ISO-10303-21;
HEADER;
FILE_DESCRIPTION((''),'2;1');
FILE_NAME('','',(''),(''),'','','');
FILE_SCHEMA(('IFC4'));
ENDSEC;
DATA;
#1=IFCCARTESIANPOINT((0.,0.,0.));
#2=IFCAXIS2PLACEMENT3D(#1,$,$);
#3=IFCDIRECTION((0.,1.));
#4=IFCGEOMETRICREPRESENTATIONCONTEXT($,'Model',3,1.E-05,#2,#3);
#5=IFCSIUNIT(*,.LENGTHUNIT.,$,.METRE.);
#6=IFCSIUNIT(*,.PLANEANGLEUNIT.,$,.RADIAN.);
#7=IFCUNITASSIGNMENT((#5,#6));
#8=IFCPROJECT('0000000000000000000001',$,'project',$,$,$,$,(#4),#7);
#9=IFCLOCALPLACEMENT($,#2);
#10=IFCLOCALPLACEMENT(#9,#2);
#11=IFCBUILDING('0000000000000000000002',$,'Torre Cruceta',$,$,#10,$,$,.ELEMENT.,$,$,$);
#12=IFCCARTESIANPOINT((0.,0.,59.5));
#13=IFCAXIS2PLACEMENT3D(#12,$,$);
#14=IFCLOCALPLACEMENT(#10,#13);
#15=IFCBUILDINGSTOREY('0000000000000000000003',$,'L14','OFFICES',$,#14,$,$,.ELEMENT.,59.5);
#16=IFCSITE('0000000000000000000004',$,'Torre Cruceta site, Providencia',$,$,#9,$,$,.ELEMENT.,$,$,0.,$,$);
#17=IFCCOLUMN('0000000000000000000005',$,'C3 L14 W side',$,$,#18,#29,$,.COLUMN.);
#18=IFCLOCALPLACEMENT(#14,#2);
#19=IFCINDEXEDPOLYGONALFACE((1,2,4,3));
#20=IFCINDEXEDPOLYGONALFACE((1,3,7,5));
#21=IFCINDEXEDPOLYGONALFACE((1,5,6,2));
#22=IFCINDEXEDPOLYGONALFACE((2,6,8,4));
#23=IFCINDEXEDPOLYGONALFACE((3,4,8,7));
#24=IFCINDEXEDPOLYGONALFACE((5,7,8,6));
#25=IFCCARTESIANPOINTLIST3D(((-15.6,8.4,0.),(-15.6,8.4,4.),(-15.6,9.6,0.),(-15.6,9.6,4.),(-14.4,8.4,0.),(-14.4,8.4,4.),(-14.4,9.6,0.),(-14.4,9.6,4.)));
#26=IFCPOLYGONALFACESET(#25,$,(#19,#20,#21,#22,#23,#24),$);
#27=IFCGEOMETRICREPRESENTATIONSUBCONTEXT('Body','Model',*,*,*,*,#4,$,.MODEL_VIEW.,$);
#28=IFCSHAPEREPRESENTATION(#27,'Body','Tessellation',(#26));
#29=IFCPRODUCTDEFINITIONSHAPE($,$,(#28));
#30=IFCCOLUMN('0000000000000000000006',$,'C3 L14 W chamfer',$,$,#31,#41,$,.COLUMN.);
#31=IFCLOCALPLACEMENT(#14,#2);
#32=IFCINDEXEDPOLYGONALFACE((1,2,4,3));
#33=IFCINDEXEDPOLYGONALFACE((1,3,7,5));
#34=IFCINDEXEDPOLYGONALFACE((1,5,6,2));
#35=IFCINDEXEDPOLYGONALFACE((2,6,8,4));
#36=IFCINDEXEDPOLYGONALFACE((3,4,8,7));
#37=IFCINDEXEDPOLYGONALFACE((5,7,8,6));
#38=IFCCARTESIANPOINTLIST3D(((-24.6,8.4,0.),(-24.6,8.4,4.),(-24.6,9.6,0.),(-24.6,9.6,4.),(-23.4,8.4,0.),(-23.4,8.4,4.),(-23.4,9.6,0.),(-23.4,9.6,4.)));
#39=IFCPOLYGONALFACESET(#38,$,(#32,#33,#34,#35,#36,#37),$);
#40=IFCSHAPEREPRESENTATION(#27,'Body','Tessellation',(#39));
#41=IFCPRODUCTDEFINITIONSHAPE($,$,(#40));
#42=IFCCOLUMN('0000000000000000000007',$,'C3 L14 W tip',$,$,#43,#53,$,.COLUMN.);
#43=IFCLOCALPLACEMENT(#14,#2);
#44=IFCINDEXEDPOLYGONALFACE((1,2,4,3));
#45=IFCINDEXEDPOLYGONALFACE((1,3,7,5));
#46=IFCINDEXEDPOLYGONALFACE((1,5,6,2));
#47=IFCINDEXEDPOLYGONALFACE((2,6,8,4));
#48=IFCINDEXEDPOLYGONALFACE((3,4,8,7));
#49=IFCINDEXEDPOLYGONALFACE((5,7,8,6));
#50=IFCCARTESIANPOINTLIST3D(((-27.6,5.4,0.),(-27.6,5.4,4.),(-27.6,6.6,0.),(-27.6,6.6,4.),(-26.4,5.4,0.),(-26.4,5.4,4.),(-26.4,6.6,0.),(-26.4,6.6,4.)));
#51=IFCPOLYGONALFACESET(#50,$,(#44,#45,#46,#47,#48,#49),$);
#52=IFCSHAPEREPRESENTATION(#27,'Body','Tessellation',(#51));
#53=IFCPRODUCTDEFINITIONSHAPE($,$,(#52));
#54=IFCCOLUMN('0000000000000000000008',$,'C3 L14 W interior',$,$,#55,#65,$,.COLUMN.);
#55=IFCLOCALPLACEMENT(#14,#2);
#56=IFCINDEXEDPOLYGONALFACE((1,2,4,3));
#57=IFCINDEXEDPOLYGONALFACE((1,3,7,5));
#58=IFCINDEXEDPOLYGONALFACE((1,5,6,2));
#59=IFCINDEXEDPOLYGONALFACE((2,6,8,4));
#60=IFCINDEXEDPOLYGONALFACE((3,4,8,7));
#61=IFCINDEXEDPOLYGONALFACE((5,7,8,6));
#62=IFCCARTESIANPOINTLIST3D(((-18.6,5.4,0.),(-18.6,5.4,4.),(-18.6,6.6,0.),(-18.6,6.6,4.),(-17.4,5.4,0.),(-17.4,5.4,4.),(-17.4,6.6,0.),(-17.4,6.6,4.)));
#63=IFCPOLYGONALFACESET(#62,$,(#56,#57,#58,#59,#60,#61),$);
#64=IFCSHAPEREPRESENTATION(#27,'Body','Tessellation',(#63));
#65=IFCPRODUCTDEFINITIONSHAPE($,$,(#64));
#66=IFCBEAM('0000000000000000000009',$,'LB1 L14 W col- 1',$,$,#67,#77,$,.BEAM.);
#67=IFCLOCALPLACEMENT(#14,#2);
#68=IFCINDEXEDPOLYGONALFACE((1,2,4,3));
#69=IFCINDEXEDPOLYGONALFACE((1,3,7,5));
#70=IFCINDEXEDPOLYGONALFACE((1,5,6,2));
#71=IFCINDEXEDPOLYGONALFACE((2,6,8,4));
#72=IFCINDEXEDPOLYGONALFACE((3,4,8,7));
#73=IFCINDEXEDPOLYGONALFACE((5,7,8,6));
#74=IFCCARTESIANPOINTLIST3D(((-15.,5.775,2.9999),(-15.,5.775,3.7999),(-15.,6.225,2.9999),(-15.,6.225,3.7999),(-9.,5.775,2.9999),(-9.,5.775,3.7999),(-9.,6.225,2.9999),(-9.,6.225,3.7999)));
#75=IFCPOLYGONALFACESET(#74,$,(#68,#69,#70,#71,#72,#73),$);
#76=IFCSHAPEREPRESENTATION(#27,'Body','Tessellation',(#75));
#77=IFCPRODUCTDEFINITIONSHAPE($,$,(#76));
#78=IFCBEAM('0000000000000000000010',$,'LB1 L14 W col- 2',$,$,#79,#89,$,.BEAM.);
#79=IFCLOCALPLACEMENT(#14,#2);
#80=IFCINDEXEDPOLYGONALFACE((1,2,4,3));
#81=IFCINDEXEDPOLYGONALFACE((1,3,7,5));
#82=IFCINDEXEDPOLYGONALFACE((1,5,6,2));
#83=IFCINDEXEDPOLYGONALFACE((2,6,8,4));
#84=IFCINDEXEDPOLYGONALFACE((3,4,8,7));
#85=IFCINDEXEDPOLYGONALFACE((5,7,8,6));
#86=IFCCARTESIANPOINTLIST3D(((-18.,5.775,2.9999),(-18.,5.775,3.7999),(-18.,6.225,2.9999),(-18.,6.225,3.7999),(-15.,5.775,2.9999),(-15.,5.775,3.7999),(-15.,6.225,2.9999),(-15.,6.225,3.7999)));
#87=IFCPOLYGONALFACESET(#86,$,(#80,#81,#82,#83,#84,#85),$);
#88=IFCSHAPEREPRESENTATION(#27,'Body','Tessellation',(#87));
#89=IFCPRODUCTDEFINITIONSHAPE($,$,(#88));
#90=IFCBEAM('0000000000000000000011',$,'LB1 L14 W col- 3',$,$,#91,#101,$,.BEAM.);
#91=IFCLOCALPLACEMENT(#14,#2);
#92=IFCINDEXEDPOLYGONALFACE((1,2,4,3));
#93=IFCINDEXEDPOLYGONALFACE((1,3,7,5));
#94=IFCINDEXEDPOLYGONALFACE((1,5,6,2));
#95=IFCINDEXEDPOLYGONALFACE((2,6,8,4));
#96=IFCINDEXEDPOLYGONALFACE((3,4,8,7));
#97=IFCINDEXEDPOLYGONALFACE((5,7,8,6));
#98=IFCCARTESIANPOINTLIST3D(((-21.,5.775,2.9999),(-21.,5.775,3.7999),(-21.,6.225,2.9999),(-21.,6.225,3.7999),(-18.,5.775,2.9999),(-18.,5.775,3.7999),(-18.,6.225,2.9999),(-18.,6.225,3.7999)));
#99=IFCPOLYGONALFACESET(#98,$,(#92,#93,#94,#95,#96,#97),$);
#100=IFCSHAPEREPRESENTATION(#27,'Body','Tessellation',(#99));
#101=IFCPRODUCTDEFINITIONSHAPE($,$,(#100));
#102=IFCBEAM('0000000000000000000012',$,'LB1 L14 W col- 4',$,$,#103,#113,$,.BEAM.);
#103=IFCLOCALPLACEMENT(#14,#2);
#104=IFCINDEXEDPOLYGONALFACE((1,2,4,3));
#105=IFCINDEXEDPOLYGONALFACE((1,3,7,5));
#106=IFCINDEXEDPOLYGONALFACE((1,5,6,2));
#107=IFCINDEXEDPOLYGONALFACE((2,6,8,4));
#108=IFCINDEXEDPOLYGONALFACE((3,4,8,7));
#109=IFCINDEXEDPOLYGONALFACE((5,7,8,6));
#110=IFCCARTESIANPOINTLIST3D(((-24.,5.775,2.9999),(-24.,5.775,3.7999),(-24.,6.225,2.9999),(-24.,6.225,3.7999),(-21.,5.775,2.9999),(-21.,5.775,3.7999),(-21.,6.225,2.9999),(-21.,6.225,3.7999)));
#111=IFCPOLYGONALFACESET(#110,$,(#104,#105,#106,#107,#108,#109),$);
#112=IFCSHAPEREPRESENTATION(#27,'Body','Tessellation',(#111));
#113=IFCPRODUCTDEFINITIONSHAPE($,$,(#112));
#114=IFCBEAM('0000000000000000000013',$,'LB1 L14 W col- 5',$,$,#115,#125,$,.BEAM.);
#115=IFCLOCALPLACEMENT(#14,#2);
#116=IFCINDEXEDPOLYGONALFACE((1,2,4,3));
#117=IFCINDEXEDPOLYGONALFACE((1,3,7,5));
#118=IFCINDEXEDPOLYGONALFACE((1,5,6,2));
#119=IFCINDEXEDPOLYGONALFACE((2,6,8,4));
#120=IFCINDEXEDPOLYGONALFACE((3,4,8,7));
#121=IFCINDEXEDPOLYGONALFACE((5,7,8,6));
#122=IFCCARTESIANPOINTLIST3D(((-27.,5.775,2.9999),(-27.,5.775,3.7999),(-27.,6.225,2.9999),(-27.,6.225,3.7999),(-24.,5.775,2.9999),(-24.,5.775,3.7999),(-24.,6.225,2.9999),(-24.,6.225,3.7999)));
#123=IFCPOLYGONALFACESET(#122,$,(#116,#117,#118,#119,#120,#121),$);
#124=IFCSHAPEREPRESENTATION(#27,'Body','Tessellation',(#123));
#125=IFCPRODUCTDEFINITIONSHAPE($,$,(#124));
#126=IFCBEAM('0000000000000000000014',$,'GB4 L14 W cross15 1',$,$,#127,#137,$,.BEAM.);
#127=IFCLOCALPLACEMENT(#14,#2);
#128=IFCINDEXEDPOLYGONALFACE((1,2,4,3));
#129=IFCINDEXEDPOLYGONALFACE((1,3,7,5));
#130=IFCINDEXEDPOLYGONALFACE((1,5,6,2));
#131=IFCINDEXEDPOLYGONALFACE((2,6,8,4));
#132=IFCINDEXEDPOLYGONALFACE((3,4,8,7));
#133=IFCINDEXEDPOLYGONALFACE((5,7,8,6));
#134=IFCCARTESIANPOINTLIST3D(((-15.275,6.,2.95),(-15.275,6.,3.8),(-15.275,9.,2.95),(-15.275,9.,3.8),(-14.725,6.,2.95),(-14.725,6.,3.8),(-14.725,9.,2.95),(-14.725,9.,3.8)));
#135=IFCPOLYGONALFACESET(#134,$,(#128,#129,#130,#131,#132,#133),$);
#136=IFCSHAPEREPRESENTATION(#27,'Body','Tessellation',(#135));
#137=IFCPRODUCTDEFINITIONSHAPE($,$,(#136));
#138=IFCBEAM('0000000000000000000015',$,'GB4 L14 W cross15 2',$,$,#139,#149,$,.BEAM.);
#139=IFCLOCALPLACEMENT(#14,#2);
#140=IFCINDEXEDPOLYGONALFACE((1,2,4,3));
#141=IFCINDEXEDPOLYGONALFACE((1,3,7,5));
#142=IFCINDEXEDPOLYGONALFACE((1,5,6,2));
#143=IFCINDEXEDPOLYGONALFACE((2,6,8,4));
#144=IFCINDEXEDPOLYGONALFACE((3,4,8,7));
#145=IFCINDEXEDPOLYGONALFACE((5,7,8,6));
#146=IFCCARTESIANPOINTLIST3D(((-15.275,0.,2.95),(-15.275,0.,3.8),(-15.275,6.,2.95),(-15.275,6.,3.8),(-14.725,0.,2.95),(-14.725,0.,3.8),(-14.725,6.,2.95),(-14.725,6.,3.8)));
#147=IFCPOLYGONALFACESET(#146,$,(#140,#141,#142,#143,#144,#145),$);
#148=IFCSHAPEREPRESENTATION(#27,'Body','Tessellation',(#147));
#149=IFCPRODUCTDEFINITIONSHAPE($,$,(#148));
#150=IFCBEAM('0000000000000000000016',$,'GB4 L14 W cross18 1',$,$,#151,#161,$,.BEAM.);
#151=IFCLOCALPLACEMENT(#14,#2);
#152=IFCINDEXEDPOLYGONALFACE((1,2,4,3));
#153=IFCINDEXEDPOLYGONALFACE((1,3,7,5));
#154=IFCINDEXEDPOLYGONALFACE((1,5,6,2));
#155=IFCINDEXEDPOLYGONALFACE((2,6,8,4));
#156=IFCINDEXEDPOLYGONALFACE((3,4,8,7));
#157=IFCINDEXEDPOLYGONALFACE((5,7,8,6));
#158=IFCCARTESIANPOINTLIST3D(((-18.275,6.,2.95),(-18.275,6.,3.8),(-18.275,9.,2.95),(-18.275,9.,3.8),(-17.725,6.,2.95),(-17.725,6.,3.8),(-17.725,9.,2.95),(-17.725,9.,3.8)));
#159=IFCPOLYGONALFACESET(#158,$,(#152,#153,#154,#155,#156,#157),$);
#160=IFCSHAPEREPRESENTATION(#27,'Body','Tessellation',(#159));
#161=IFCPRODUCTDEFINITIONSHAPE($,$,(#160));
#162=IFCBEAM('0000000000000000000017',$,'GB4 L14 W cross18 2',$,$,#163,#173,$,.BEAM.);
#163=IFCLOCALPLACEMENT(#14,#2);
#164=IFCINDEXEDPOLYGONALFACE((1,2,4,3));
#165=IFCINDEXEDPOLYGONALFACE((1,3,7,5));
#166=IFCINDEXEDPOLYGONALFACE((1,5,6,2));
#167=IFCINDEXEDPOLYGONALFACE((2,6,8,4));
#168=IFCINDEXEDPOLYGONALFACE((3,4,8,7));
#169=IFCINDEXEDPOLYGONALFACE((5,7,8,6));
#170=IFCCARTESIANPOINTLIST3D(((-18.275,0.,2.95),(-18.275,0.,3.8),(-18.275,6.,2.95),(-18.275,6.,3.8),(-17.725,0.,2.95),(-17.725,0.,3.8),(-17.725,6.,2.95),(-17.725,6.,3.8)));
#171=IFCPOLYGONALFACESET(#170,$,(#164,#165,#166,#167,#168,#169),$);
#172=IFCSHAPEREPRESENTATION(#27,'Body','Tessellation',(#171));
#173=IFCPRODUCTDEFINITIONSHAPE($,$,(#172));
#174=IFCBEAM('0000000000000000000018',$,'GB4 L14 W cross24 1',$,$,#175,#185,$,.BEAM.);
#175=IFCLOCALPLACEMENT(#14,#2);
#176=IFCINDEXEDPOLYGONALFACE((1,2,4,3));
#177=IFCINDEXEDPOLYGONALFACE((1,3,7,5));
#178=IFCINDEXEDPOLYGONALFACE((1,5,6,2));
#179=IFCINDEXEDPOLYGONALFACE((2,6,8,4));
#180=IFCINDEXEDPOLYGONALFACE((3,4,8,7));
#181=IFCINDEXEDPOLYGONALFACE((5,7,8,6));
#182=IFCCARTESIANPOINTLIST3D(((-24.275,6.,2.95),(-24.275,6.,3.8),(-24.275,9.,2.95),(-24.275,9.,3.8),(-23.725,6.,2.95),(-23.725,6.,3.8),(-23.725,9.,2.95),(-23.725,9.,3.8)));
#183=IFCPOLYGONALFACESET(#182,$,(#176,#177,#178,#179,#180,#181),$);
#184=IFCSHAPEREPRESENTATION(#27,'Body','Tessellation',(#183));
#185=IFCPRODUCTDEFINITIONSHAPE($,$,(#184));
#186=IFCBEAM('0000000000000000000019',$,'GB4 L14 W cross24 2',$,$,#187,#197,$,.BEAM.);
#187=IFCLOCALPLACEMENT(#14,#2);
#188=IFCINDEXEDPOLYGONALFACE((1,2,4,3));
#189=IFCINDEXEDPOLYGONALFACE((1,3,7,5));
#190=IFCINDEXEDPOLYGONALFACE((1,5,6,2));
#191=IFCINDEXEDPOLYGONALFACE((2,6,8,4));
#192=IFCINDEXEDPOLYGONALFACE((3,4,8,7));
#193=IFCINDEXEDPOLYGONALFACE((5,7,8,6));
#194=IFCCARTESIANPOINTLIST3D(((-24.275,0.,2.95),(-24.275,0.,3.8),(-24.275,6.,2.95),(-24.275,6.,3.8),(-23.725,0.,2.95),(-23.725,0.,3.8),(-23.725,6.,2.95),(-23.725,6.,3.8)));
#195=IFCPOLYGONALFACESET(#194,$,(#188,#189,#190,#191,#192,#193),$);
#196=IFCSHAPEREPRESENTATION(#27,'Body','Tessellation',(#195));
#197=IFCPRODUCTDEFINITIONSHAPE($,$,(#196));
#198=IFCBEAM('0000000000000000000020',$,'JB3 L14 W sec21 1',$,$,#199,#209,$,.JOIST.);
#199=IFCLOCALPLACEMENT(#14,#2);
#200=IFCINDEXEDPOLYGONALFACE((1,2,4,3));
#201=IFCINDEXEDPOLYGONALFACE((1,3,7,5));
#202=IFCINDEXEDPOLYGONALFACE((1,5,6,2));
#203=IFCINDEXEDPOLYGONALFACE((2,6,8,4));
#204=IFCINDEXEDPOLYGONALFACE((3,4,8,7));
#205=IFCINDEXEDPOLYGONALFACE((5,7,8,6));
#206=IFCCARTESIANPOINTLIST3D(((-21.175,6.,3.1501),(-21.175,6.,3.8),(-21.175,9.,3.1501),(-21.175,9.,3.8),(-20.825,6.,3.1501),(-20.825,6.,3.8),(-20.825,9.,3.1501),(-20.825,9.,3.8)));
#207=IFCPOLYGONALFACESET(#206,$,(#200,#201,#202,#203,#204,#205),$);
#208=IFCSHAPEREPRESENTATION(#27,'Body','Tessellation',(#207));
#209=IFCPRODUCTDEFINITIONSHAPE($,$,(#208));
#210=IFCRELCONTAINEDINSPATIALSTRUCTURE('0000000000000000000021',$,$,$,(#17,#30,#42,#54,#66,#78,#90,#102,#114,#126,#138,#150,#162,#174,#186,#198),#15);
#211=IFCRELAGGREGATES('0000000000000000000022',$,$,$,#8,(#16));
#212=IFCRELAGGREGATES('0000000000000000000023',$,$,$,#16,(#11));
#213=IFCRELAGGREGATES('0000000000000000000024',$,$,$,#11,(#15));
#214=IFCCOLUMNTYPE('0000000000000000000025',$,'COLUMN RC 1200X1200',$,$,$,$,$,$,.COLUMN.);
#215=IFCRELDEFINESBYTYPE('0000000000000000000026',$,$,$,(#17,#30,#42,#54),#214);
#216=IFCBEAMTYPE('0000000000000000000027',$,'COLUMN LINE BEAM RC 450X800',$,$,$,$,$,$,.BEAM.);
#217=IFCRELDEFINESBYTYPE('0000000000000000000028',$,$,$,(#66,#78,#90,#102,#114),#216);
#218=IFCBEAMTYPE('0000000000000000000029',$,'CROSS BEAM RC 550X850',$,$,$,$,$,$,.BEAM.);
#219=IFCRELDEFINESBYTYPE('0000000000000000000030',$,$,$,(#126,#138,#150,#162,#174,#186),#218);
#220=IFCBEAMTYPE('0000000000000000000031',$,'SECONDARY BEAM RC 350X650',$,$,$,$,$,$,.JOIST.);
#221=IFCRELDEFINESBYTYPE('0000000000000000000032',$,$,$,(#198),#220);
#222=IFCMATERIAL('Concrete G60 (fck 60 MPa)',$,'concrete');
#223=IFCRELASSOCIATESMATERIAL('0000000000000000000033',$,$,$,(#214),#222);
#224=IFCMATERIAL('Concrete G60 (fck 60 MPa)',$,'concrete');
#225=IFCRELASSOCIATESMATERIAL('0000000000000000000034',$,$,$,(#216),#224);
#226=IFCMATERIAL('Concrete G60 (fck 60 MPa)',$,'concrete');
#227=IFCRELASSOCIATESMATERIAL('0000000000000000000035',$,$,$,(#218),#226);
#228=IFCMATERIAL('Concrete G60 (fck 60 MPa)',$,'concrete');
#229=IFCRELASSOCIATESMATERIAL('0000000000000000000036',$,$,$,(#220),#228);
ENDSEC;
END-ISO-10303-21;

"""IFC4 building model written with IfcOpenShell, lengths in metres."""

from ifc_helpers import new_model, si_unit, direction, frame, origin, origin_2d, place, context, subcontext, project, spatial, rectangle, extrude, material, material_profile, profile_set, type_object, element, save


model = new_model("IFC4")

# Units and contexts
model_context = context("Model", 3, precision=1e-05, world=origin(), true_north=direction((0.0, 1.0)))
body_context = subcontext(model_context, "Body", "Model", "MODEL_VIEW")
ifc_project = project(units=[si_unit("LENGTHUNIT", "METRE"), si_unit("PLANEANGLEUNIT", "RADIAN")], contexts=[model_context])

# Site, building, storey
site_placement = place(None, origin())
site = spatial("IfcSite", under=ifc_project, at=site_placement, Name="Torre Cruceta site, Providencia", CompositionType="ELEMENT", RefElevation=0.0)
building_placement = place(site_placement, origin())
building = spatial("IfcBuilding", under=site, at=building_placement, Name="Torre Cruceta", CompositionType="ELEMENT")
storey_placement = place(building_placement, frame((0.0, 0.0, 59.5)))
storey = spatial("IfcBuildingStorey", under=building, at=storey_placement, Name="L14", Description="OFFICES", CompositionType="ELEMENT", Elevation=59.5)

# Columns
ifc_material_1 = material(Name="Concrete G60 (fck 60 MPa)", Category="concrete")
ifc_material_profile_1 = material_profile(ifc_material_1, rectangle(XDim=1.2, YDim=1.2, at=origin_2d()), Name="RC 1200X1200")
ifc_profile_set_1 = profile_set([ifc_material_profile_1], Name="Concrete G60 (fck 60 MPa)")
column_type = type_object("IfcColumnType", Name="COLUMN RC 1200X1200", PredefinedType="COLUMN", material=ifc_profile_set_1)
for number, where, z_axis, x_axis, name in (
    (1, (-15.0, 9.0, 0.0), (0.0, 0.0, 1.0), (1.0, 0.0, 0.0), "C3 L14 W side"),
    (2, (-24.0, 9.0, 0.0), (0.0, 0.0, 1.0), (1.0, 0.0, 0.0), "C3 L14 W chamfer"),
    (3, (-27.0, 6.0, 0.0), (0.0, 0.0, 1.0), (1.0, 0.0, 0.0), "C3 L14 W tip"),
    (4, (-18.0, 6.0, 0.0), (0.0, 0.0, 1.0), (1.0, 0.0, 0.0), "C3 L14 W interior"),
):
    element("IfcColumn", number, at=place(storey_placement, frame(where, z_axis=z_axis, x_axis=x_axis)), inside=storey, type_object=column_type, Name=name, PredefinedType="COLUMN", context=body_context, shape_type="SweptSolid", body=[
        extrude(rectangle(XDim=1.2, YDim=1.2, at=origin_2d()), origin(), (0.0, 0.0, 1.0), 4.0),
    ])

# Beams
ifc_material_2 = material(Name="Concrete G60 (fck 60 MPa)", Category="concrete")
ifc_material_profile_2 = material_profile(ifc_material_2, rectangle(XDim=0.45, YDim=0.8, at=origin_2d()), Name="RC 450X800")
ifc_profile_set_2 = profile_set([ifc_material_profile_2], Name="Concrete G60 (fck 60 MPa)")
beam_type_1 = type_object("IfcBeamType", Name="COLUMN LINE BEAM RC 450X800", PredefinedType="BEAM", material=ifc_profile_set_2)
beam_1_placement = place(storey_placement, frame((-9.0, 6.0, 3.3999), z_axis=(-1.0, 0.0, 0.0), x_axis=(0.0, -1.0, 0.0)))
element("IfcBeam", 5, at=beam_1_placement, inside=storey, type_object=beam_type_1, Name="LB1 L14 W col- 1", PredefinedType="BEAM", context=body_context, shape_type="SweptSolid", body=[
    extrude(rectangle(XDim=0.45, YDim=0.8, at=origin_2d()), origin(), (0.0, 0.0, 1.0), 6.0),
])
for number, where, z_axis, x_axis, name in (
    (6, (-15.0, 6.0, 3.3999), (-1.0, 0.0, 0.0), (0.0, -1.0, 0.0), "LB1 L14 W col- 2"),
    (7, (-18.0, 6.0, 3.3999), (-1.0, 0.0, 0.0), (0.0, -1.0, 0.0), "LB1 L14 W col- 3"),
    (8, (-21.0, 6.0, 3.3999), (-1.0, 0.0, 0.0), (0.0, -1.0, 0.0), "LB1 L14 W col- 4"),
    (9, (-24.0, 6.0, 3.3999), (-1.0, 0.0, 0.0), (0.0, -1.0, 0.0), "LB1 L14 W col- 5"),
):
    element("IfcBeam", number, at=place(storey_placement, frame(where, z_axis=z_axis, x_axis=x_axis)), inside=storey, type_object=beam_type_1, Name=name, PredefinedType="BEAM", context=body_context, shape_type="SweptSolid", body=[
        extrude(rectangle(XDim=0.45, YDim=0.8, at=origin_2d()), origin(), (0.0, 0.0, 1.0), 3.0),
    ])
ifc_material_3 = material(Name="Concrete G60 (fck 60 MPa)", Category="concrete")
ifc_material_profile_3 = material_profile(ifc_material_3, rectangle(XDim=0.55, YDim=0.8501, at=origin_2d()), Name="RC 550X850")
ifc_profile_set_3 = profile_set([ifc_material_profile_3], Name="Concrete G60 (fck 60 MPa)")
beam_type_2 = type_object("IfcBeamType", Name="CROSS BEAM RC 550X850", PredefinedType="BEAM", material=ifc_profile_set_3)
beam_2_placement = place(storey_placement, frame((-15.0, 9.0, 3.375), z_axis=(0.0, -1.0, 0.0), x_axis=(1.0, 0.0, 0.0)))
element("IfcBeam", 10, at=beam_2_placement, inside=storey, type_object=beam_type_2, Name="GB4 L14 W cross15 1", PredefinedType="BEAM", context=body_context, shape_type="SweptSolid", body=[
    extrude(rectangle(XDim=0.55, YDim=0.8501, at=origin_2d()), origin(), (0.0, 0.0, 1.0), 3.0),
])
beam_3_placement = place(storey_placement, frame((-15.0, 6.0, 3.375), z_axis=(0.0, -1.0, 0.0), x_axis=(1.0, 0.0, 0.0)))
element("IfcBeam", 11, at=beam_3_placement, inside=storey, type_object=beam_type_2, Name="GB4 L14 W cross15 2", PredefinedType="BEAM", context=body_context, shape_type="SweptSolid", body=[
    extrude(rectangle(XDim=0.55, YDim=0.8501, at=origin_2d()), origin(), (0.0, 0.0, 1.0), 6.0),
])
beam_4_placement = place(storey_placement, frame((-18.0, 9.0, 3.375), z_axis=(0.0, -1.0, 0.0), x_axis=(1.0, 0.0, 0.0)))
element("IfcBeam", 12, at=beam_4_placement, inside=storey, type_object=beam_type_2, Name="GB4 L14 W cross18 1", PredefinedType="BEAM", context=body_context, shape_type="SweptSolid", body=[
    extrude(rectangle(XDim=0.55, YDim=0.8501, at=origin_2d()), origin(), (0.0, 0.0, 1.0), 3.0),
])
beam_5_placement = place(storey_placement, frame((-18.0, 6.0, 3.375), z_axis=(0.0, -1.0, 0.0), x_axis=(1.0, 0.0, 0.0)))
element("IfcBeam", 13, at=beam_5_placement, inside=storey, type_object=beam_type_2, Name="GB4 L14 W cross18 2", PredefinedType="BEAM", context=body_context, shape_type="SweptSolid", body=[
    extrude(rectangle(XDim=0.55, YDim=0.8501, at=origin_2d()), origin(), (0.0, 0.0, 1.0), 6.0),
])
beam_6_placement = place(storey_placement, frame((-24.0, 9.0, 3.375), z_axis=(0.0, -1.0, 0.0), x_axis=(1.0, 0.0, 0.0)))
element("IfcBeam", 14, at=beam_6_placement, inside=storey, type_object=beam_type_2, Name="GB4 L14 W cross24 1", PredefinedType="BEAM", context=body_context, shape_type="SweptSolid", body=[
    extrude(rectangle(XDim=0.55, YDim=0.8501, at=origin_2d()), origin(), (0.0, 0.0, 1.0), 3.0),
])
beam_7_placement = place(storey_placement, frame((-24.0, 6.0, 3.375), z_axis=(0.0, -1.0, 0.0), x_axis=(1.0, 0.0, 0.0)))
element("IfcBeam", 15, at=beam_7_placement, inside=storey, type_object=beam_type_2, Name="GB4 L14 W cross24 2", PredefinedType="BEAM", context=body_context, shape_type="SweptSolid", body=[
    extrude(rectangle(XDim=0.55, YDim=0.8501, at=origin_2d()), origin(), (0.0, 0.0, 1.0), 6.0),
])
ifc_material_4 = material(Name="Concrete G60 (fck 60 MPa)", Category="concrete")
ifc_material_profile_4 = material_profile(ifc_material_4, rectangle(XDim=0.3501, YDim=0.6499, at=origin_2d()), Name="RC 350X650")
ifc_profile_set_4 = profile_set([ifc_material_profile_4], Name="Concrete G60 (fck 60 MPa)")
beam_type_3 = type_object("IfcBeamType", Name="SECONDARY BEAM RC 350X650", PredefinedType="JOIST", material=ifc_profile_set_4)
beam_8_placement = place(storey_placement, frame((-21.0, 9.0, 3.4751), z_axis=(0.0, -1.0, 0.0), x_axis=(1.0, 0.0, 0.0)))
element("IfcBeam", 16, at=beam_8_placement, inside=storey, type_object=beam_type_3, Name="JB3 L14 W sec21 1", PredefinedType="JOIST", context=body_context, shape_type="SweptSolid", body=[
    extrude(rectangle(XDim=0.3501, YDim=0.6499, at=origin_2d()), origin(), (0.0, 0.0, 1.0), 3.0),
])

save(model, "model.ifc")
